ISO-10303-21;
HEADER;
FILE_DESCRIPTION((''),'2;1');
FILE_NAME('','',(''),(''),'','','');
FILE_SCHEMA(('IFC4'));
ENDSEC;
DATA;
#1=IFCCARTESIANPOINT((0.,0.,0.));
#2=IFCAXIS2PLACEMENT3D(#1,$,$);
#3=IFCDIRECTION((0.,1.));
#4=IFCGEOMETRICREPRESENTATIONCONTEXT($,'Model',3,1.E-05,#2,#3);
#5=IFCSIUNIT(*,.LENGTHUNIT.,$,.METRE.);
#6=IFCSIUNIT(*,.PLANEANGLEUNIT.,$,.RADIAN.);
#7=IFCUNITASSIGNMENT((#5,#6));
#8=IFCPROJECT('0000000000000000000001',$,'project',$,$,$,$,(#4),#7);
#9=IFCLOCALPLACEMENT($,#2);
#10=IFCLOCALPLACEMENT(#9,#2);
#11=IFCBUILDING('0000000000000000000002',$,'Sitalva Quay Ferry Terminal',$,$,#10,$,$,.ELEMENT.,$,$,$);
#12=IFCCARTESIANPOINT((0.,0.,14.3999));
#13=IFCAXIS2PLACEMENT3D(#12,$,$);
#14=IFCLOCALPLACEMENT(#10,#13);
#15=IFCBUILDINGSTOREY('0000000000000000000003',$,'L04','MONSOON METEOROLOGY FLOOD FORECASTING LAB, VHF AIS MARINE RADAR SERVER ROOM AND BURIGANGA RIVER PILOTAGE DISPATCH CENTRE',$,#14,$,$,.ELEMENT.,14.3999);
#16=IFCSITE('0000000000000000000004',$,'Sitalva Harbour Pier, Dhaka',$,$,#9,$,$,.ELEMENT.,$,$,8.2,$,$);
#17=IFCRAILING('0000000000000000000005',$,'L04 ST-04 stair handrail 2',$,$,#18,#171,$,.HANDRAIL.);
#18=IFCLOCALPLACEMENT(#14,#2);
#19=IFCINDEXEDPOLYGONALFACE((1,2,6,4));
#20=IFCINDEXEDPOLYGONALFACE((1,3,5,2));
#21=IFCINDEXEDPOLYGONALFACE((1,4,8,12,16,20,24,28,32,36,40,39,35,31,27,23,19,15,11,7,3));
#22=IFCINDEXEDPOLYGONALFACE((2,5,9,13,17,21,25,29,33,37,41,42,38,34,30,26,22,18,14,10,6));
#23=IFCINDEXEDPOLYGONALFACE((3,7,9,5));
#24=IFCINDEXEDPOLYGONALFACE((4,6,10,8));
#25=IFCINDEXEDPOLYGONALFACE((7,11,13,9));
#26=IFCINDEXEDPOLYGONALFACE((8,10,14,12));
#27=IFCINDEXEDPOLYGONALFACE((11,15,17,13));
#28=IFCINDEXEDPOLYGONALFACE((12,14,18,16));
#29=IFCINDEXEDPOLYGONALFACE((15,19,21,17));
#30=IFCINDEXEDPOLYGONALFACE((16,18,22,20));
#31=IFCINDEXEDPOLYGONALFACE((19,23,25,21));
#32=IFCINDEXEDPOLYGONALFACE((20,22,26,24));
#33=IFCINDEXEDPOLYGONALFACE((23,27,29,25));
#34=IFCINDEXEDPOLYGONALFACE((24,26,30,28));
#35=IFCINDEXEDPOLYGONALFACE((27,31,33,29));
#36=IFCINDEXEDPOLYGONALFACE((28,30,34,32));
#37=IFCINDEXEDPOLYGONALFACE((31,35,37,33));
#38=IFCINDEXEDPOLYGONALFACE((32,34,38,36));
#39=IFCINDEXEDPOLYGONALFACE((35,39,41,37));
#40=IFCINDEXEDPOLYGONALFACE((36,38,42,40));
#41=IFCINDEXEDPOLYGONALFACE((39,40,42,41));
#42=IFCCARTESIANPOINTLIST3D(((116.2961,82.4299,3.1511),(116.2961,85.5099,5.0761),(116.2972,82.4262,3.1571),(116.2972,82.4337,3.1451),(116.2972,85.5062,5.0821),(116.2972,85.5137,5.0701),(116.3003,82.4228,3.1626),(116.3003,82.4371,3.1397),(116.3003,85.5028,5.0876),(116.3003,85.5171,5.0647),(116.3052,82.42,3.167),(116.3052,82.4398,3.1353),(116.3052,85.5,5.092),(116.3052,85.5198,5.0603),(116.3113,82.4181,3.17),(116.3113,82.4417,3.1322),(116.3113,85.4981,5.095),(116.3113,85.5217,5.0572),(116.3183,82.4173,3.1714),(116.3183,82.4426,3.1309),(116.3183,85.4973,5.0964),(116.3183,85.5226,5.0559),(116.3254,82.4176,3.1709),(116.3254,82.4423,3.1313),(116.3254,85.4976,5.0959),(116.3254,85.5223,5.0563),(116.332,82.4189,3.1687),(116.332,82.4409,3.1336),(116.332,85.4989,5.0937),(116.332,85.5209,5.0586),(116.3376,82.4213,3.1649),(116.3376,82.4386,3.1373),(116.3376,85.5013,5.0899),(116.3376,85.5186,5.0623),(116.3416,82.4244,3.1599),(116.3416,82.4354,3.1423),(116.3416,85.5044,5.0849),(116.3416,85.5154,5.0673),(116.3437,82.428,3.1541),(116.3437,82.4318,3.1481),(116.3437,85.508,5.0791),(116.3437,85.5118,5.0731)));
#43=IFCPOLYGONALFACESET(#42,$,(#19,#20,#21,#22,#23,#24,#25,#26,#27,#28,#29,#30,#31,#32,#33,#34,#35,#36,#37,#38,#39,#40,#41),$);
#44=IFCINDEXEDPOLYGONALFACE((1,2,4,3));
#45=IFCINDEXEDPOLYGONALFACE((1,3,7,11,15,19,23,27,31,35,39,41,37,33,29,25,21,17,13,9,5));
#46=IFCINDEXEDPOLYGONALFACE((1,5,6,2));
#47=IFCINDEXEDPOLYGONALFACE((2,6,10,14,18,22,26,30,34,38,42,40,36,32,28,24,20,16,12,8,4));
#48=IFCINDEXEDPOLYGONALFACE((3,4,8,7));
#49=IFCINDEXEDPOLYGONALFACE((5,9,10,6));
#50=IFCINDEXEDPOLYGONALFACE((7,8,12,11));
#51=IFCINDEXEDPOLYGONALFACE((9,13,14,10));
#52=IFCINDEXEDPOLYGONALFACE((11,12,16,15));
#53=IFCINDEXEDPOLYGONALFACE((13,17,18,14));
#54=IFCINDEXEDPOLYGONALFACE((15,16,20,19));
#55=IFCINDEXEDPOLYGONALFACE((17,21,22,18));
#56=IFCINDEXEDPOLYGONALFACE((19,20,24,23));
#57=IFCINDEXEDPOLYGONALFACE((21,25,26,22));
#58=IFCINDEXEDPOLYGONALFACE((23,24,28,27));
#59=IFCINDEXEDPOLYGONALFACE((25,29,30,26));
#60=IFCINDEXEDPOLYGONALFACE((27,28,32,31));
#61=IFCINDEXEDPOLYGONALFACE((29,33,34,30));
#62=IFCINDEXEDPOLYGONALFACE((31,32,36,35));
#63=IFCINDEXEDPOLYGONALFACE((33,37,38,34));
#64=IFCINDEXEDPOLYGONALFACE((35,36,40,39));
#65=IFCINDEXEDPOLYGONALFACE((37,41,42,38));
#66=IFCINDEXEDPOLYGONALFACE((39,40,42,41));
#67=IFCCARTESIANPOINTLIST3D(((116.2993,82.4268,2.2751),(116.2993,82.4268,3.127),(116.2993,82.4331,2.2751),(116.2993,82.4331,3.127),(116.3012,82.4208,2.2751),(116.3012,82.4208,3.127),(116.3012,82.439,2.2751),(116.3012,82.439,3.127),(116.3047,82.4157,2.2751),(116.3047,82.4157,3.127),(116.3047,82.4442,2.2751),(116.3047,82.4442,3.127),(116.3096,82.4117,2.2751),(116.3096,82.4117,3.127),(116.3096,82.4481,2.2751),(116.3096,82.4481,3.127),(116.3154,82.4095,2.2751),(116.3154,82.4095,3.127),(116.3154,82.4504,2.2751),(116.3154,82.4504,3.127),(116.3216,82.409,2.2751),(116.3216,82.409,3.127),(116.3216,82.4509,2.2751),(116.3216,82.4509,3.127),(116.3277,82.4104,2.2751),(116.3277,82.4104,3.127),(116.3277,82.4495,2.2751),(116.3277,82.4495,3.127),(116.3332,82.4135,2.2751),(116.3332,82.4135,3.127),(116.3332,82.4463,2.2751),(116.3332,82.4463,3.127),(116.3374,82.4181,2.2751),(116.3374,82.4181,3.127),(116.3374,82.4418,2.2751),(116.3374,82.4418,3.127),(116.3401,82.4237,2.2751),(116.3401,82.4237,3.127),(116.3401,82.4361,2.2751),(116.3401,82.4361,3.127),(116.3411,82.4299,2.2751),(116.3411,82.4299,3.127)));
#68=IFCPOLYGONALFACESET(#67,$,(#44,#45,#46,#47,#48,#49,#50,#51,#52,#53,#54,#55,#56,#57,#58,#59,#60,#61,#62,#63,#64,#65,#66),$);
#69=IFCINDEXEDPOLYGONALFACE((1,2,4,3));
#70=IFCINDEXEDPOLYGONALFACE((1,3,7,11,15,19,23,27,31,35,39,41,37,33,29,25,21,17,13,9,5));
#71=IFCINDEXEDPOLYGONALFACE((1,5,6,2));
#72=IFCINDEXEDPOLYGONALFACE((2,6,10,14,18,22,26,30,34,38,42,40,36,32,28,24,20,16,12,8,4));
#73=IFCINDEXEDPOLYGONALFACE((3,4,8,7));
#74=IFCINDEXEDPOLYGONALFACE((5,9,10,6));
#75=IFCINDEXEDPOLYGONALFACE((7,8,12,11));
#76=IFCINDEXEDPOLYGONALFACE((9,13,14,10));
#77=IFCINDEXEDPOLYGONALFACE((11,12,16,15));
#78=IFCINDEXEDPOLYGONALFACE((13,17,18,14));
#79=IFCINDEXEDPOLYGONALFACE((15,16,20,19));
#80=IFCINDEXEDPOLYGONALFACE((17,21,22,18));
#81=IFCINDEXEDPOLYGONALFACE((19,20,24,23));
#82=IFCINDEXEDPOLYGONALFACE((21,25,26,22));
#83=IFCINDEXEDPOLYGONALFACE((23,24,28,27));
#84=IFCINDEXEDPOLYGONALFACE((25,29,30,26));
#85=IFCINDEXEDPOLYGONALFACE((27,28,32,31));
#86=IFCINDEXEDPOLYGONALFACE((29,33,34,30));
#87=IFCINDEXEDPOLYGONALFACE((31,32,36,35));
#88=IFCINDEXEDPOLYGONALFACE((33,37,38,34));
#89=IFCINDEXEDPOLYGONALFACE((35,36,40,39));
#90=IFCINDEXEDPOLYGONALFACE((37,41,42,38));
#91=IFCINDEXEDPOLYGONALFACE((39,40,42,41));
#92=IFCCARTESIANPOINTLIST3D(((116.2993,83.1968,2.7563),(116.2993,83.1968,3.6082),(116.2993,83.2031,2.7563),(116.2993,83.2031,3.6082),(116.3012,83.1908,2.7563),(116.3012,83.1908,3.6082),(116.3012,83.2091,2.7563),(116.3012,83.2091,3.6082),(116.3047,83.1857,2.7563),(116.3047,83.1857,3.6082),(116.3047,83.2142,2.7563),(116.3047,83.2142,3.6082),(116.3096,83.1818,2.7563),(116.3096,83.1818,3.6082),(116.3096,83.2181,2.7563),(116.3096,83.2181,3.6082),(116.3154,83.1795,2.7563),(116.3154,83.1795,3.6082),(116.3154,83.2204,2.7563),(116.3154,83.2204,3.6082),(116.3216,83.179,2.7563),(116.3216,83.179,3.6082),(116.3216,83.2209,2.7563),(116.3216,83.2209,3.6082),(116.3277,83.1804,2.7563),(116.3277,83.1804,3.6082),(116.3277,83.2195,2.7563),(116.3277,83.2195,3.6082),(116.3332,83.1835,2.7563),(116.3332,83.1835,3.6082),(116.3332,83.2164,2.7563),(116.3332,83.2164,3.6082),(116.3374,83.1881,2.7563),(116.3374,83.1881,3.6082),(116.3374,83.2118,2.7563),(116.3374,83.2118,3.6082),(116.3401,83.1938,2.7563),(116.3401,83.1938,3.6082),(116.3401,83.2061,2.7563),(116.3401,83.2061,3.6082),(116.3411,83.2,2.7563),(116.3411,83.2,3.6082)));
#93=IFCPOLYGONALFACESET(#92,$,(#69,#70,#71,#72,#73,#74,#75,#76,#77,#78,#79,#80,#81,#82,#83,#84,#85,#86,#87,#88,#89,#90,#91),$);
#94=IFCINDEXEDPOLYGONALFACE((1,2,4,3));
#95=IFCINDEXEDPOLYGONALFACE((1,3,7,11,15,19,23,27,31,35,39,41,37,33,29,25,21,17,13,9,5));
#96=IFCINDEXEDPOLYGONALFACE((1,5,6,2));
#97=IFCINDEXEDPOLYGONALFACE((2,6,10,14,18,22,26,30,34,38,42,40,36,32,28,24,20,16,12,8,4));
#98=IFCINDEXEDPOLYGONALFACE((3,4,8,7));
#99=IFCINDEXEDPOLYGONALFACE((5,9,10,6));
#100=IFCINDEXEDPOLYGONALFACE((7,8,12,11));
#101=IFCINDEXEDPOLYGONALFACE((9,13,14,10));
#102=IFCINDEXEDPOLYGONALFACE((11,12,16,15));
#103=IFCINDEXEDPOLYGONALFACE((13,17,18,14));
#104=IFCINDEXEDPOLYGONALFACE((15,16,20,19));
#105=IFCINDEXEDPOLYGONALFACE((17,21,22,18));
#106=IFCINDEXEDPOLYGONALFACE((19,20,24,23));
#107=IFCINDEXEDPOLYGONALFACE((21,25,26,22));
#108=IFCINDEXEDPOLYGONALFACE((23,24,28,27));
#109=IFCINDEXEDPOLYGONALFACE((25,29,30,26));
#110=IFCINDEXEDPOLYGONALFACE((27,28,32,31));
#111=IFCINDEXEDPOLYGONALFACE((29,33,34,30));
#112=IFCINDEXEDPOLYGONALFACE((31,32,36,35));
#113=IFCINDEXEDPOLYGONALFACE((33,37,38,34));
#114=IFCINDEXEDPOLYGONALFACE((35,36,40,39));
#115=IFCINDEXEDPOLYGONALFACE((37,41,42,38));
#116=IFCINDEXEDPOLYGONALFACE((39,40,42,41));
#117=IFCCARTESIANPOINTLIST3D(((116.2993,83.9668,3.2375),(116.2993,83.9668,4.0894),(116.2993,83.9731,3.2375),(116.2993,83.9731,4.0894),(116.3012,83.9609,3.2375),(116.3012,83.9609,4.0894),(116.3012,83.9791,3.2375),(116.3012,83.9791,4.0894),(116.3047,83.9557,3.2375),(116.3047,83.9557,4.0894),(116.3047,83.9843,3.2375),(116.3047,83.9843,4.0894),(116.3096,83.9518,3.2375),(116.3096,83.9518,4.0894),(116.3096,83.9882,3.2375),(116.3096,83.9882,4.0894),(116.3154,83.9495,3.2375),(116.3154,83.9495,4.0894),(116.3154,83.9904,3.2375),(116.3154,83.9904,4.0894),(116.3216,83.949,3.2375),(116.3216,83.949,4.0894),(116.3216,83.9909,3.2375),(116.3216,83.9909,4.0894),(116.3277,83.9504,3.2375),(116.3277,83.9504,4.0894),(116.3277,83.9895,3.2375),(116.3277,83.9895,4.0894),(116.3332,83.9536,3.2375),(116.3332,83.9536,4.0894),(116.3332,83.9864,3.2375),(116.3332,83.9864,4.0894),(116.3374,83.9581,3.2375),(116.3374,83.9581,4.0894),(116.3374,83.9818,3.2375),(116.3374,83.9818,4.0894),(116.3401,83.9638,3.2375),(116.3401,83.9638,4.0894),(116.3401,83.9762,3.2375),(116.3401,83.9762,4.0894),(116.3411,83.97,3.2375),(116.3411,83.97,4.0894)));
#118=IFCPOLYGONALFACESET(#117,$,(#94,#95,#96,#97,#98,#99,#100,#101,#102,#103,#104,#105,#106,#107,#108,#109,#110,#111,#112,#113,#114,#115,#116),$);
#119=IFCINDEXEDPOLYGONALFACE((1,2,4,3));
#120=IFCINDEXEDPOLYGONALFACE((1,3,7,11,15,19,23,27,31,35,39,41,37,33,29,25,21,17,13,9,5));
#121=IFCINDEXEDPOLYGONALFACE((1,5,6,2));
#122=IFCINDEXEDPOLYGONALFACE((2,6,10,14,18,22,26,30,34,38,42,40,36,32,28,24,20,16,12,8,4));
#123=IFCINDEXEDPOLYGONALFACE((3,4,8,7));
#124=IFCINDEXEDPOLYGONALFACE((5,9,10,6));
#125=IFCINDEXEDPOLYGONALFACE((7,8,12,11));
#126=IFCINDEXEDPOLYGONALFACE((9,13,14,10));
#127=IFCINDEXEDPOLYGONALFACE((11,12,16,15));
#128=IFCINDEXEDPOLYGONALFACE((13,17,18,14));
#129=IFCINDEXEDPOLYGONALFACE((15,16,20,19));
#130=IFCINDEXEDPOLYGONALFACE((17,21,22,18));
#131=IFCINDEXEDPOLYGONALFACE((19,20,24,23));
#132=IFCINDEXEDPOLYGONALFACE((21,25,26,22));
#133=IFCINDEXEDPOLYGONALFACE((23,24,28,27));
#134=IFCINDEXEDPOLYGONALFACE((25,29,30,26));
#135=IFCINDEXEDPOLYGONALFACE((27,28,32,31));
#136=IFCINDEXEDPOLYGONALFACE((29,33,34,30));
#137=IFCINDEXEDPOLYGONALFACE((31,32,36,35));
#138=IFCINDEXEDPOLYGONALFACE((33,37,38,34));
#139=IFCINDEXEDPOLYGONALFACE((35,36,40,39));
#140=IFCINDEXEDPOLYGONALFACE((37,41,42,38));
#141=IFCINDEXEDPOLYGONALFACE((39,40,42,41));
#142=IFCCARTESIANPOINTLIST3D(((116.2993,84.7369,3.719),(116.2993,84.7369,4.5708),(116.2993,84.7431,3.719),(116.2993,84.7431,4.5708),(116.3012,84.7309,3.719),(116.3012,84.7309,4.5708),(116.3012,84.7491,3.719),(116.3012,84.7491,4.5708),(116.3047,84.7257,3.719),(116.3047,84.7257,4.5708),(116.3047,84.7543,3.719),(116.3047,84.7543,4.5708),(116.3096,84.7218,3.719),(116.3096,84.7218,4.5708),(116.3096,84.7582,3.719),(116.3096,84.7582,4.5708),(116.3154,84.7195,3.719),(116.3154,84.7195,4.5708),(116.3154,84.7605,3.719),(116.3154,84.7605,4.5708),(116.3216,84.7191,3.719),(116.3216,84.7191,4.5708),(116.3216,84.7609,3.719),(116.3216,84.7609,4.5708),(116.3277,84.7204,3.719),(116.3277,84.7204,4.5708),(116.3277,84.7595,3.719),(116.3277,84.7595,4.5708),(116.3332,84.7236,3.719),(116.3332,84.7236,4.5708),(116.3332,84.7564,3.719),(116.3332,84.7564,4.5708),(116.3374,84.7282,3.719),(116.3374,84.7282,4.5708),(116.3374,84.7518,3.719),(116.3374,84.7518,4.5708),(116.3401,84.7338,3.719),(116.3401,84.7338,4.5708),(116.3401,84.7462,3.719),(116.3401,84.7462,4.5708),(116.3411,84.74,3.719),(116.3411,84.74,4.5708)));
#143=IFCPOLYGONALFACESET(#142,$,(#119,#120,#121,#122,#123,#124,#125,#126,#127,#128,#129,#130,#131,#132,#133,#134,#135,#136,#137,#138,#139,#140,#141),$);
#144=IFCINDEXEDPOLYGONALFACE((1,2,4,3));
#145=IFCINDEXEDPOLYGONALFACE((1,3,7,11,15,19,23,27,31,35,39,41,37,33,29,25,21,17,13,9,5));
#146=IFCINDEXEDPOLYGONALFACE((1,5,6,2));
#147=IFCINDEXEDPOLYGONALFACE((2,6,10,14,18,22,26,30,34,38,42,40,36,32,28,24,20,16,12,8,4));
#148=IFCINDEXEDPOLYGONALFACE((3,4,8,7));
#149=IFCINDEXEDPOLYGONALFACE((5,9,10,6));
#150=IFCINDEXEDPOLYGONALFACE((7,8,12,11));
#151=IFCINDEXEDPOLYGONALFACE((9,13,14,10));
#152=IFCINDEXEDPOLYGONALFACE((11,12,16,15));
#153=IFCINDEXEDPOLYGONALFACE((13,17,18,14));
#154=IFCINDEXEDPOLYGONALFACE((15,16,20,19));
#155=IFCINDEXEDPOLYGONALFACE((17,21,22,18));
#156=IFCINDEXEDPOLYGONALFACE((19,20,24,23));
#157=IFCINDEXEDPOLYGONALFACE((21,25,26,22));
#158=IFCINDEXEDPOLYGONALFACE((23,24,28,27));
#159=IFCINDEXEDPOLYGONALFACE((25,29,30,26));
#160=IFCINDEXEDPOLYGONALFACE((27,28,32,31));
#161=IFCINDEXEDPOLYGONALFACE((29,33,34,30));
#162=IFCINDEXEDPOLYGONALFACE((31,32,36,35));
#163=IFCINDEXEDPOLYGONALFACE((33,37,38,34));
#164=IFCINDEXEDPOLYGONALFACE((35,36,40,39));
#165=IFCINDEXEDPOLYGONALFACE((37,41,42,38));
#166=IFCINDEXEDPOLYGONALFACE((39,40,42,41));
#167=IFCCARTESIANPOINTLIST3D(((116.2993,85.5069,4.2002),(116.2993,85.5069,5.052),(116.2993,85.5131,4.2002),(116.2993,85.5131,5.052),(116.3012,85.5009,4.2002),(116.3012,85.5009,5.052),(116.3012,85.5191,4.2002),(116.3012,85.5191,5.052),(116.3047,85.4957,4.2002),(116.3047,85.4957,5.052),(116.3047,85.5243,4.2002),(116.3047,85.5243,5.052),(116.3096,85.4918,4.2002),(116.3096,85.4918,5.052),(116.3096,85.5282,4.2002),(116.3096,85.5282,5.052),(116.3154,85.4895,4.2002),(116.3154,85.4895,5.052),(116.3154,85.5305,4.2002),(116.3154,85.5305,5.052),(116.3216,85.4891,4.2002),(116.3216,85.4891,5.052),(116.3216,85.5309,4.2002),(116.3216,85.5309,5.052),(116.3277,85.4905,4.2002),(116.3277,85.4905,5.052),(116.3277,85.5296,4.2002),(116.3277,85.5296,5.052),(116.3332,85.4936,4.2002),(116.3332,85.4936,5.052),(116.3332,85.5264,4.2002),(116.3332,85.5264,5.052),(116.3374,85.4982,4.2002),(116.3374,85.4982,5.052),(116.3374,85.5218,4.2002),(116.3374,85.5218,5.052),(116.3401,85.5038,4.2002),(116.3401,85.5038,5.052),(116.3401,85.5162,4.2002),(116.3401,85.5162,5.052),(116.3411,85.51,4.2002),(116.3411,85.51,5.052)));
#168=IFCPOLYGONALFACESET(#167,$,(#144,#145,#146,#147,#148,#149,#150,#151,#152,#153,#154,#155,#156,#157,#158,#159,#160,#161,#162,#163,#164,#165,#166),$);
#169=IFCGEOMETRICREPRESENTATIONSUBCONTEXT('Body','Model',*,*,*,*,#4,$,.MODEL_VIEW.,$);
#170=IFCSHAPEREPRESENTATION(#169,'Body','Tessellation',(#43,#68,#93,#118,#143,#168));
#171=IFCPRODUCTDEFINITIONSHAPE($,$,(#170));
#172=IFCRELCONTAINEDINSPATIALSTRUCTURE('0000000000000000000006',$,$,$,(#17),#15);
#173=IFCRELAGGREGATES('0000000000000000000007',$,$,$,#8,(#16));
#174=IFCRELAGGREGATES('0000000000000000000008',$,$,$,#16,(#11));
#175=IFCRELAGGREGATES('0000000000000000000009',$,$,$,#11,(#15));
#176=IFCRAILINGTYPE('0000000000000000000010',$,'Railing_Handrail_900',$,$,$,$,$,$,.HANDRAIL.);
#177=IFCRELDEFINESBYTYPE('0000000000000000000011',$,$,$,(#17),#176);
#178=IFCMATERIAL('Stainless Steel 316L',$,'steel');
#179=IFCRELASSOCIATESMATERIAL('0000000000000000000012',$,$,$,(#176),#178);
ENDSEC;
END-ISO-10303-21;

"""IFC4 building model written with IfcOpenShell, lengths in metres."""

from ifc_helpers import new_model, si_unit, direction, frame, origin, origin_2d, place, context, subcontext, project, spatial, circle, extrude, material, type_object, element, save


model = new_model("IFC4")

# Units and contexts
model_context = context("Model", 3, precision=1e-05, world=origin(), true_north=direction((0.0, 1.0)))
body_context = subcontext(model_context, "Body", "Model", "MODEL_VIEW")
ifc_project = project(units=[si_unit("LENGTHUNIT", "METRE"), si_unit("PLANEANGLEUNIT", "RADIAN")], contexts=[model_context])

# Site, building, storey
site_placement = place(None, origin())
site = spatial("IfcSite", under=ifc_project, at=site_placement, Name="Sitalva Harbour Pier, Dhaka", CompositionType="ELEMENT", RefElevation=8.2)
building_placement = place(site_placement, origin())
building = spatial("IfcBuilding", under=site, at=building_placement, Name="Sitalva Quay Ferry Terminal", CompositionType="ELEMENT")
storey_placement = place(building_placement, frame((0.0, 0.0, 14.3999)))
storey = spatial("IfcBuildingStorey", under=building, at=storey_placement, Name="L04", Description="MONSOON METEOROLOGY FLOOD FORECASTING LAB, VHF AIS MARINE RADAR SERVER ROOM AND BURIGANGA RIVER PILOTAGE DISPATCH CENTRE", CompositionType="ELEMENT", Elevation=14.3999)

# Railing
ifc_material_1 = material(Name="Stainless Steel 316L", Category="steel")
railing_type_1 = type_object("IfcRailingType", Name="Railing_Handrail_900", PredefinedType="HANDRAIL", material=ifc_material_1)
railing_1_placement = place(storey_placement, frame((116.3201, 82.4299, 2.2751)))
element("IfcRailing", 1, at=railing_1_placement, inside=storey, type_object=railing_type_1, Name="L04 ST-04 stair handrail 2", PredefinedType="HANDRAIL", context=body_context, shape_type="SweptSolid", body=[
    extrude(circle(Radius=0.0239, at=origin_2d()), frame((0.0, 0.0, 0.876), z_axis=(0.0, 0.847998, 0.529999), x_axis=(-1.0, 0.0, 0.0)), (0.0, 0.0, 1.0), 3.6321),
    extrude(circle(Radius=0.021, at=origin_2d()), origin(), (0.0, 0.0, 1.0), 0.8518),
    extrude(circle(Radius=0.021, at=origin_2d()), frame((0.0, 0.77, 0.4812)), (0.0, 0.0, 1.0), 0.8518),
    extrude(circle(Radius=0.021, at=origin_2d()), frame((0.0, 1.54, 0.9624)), (0.0, 0.0, 1.0), 0.8518),
    extrude(circle(Radius=0.021, at=origin_2d()), frame((0.0, 2.3101, 1.4438)), (0.0, 0.0, 1.0), 0.8518),
    extrude(circle(Radius=0.021, at=origin_2d()), frame((0.0, 3.0801, 1.925)), (0.0, 0.0, 1.0), 0.8518),
])

save(model, "model.ifc")
